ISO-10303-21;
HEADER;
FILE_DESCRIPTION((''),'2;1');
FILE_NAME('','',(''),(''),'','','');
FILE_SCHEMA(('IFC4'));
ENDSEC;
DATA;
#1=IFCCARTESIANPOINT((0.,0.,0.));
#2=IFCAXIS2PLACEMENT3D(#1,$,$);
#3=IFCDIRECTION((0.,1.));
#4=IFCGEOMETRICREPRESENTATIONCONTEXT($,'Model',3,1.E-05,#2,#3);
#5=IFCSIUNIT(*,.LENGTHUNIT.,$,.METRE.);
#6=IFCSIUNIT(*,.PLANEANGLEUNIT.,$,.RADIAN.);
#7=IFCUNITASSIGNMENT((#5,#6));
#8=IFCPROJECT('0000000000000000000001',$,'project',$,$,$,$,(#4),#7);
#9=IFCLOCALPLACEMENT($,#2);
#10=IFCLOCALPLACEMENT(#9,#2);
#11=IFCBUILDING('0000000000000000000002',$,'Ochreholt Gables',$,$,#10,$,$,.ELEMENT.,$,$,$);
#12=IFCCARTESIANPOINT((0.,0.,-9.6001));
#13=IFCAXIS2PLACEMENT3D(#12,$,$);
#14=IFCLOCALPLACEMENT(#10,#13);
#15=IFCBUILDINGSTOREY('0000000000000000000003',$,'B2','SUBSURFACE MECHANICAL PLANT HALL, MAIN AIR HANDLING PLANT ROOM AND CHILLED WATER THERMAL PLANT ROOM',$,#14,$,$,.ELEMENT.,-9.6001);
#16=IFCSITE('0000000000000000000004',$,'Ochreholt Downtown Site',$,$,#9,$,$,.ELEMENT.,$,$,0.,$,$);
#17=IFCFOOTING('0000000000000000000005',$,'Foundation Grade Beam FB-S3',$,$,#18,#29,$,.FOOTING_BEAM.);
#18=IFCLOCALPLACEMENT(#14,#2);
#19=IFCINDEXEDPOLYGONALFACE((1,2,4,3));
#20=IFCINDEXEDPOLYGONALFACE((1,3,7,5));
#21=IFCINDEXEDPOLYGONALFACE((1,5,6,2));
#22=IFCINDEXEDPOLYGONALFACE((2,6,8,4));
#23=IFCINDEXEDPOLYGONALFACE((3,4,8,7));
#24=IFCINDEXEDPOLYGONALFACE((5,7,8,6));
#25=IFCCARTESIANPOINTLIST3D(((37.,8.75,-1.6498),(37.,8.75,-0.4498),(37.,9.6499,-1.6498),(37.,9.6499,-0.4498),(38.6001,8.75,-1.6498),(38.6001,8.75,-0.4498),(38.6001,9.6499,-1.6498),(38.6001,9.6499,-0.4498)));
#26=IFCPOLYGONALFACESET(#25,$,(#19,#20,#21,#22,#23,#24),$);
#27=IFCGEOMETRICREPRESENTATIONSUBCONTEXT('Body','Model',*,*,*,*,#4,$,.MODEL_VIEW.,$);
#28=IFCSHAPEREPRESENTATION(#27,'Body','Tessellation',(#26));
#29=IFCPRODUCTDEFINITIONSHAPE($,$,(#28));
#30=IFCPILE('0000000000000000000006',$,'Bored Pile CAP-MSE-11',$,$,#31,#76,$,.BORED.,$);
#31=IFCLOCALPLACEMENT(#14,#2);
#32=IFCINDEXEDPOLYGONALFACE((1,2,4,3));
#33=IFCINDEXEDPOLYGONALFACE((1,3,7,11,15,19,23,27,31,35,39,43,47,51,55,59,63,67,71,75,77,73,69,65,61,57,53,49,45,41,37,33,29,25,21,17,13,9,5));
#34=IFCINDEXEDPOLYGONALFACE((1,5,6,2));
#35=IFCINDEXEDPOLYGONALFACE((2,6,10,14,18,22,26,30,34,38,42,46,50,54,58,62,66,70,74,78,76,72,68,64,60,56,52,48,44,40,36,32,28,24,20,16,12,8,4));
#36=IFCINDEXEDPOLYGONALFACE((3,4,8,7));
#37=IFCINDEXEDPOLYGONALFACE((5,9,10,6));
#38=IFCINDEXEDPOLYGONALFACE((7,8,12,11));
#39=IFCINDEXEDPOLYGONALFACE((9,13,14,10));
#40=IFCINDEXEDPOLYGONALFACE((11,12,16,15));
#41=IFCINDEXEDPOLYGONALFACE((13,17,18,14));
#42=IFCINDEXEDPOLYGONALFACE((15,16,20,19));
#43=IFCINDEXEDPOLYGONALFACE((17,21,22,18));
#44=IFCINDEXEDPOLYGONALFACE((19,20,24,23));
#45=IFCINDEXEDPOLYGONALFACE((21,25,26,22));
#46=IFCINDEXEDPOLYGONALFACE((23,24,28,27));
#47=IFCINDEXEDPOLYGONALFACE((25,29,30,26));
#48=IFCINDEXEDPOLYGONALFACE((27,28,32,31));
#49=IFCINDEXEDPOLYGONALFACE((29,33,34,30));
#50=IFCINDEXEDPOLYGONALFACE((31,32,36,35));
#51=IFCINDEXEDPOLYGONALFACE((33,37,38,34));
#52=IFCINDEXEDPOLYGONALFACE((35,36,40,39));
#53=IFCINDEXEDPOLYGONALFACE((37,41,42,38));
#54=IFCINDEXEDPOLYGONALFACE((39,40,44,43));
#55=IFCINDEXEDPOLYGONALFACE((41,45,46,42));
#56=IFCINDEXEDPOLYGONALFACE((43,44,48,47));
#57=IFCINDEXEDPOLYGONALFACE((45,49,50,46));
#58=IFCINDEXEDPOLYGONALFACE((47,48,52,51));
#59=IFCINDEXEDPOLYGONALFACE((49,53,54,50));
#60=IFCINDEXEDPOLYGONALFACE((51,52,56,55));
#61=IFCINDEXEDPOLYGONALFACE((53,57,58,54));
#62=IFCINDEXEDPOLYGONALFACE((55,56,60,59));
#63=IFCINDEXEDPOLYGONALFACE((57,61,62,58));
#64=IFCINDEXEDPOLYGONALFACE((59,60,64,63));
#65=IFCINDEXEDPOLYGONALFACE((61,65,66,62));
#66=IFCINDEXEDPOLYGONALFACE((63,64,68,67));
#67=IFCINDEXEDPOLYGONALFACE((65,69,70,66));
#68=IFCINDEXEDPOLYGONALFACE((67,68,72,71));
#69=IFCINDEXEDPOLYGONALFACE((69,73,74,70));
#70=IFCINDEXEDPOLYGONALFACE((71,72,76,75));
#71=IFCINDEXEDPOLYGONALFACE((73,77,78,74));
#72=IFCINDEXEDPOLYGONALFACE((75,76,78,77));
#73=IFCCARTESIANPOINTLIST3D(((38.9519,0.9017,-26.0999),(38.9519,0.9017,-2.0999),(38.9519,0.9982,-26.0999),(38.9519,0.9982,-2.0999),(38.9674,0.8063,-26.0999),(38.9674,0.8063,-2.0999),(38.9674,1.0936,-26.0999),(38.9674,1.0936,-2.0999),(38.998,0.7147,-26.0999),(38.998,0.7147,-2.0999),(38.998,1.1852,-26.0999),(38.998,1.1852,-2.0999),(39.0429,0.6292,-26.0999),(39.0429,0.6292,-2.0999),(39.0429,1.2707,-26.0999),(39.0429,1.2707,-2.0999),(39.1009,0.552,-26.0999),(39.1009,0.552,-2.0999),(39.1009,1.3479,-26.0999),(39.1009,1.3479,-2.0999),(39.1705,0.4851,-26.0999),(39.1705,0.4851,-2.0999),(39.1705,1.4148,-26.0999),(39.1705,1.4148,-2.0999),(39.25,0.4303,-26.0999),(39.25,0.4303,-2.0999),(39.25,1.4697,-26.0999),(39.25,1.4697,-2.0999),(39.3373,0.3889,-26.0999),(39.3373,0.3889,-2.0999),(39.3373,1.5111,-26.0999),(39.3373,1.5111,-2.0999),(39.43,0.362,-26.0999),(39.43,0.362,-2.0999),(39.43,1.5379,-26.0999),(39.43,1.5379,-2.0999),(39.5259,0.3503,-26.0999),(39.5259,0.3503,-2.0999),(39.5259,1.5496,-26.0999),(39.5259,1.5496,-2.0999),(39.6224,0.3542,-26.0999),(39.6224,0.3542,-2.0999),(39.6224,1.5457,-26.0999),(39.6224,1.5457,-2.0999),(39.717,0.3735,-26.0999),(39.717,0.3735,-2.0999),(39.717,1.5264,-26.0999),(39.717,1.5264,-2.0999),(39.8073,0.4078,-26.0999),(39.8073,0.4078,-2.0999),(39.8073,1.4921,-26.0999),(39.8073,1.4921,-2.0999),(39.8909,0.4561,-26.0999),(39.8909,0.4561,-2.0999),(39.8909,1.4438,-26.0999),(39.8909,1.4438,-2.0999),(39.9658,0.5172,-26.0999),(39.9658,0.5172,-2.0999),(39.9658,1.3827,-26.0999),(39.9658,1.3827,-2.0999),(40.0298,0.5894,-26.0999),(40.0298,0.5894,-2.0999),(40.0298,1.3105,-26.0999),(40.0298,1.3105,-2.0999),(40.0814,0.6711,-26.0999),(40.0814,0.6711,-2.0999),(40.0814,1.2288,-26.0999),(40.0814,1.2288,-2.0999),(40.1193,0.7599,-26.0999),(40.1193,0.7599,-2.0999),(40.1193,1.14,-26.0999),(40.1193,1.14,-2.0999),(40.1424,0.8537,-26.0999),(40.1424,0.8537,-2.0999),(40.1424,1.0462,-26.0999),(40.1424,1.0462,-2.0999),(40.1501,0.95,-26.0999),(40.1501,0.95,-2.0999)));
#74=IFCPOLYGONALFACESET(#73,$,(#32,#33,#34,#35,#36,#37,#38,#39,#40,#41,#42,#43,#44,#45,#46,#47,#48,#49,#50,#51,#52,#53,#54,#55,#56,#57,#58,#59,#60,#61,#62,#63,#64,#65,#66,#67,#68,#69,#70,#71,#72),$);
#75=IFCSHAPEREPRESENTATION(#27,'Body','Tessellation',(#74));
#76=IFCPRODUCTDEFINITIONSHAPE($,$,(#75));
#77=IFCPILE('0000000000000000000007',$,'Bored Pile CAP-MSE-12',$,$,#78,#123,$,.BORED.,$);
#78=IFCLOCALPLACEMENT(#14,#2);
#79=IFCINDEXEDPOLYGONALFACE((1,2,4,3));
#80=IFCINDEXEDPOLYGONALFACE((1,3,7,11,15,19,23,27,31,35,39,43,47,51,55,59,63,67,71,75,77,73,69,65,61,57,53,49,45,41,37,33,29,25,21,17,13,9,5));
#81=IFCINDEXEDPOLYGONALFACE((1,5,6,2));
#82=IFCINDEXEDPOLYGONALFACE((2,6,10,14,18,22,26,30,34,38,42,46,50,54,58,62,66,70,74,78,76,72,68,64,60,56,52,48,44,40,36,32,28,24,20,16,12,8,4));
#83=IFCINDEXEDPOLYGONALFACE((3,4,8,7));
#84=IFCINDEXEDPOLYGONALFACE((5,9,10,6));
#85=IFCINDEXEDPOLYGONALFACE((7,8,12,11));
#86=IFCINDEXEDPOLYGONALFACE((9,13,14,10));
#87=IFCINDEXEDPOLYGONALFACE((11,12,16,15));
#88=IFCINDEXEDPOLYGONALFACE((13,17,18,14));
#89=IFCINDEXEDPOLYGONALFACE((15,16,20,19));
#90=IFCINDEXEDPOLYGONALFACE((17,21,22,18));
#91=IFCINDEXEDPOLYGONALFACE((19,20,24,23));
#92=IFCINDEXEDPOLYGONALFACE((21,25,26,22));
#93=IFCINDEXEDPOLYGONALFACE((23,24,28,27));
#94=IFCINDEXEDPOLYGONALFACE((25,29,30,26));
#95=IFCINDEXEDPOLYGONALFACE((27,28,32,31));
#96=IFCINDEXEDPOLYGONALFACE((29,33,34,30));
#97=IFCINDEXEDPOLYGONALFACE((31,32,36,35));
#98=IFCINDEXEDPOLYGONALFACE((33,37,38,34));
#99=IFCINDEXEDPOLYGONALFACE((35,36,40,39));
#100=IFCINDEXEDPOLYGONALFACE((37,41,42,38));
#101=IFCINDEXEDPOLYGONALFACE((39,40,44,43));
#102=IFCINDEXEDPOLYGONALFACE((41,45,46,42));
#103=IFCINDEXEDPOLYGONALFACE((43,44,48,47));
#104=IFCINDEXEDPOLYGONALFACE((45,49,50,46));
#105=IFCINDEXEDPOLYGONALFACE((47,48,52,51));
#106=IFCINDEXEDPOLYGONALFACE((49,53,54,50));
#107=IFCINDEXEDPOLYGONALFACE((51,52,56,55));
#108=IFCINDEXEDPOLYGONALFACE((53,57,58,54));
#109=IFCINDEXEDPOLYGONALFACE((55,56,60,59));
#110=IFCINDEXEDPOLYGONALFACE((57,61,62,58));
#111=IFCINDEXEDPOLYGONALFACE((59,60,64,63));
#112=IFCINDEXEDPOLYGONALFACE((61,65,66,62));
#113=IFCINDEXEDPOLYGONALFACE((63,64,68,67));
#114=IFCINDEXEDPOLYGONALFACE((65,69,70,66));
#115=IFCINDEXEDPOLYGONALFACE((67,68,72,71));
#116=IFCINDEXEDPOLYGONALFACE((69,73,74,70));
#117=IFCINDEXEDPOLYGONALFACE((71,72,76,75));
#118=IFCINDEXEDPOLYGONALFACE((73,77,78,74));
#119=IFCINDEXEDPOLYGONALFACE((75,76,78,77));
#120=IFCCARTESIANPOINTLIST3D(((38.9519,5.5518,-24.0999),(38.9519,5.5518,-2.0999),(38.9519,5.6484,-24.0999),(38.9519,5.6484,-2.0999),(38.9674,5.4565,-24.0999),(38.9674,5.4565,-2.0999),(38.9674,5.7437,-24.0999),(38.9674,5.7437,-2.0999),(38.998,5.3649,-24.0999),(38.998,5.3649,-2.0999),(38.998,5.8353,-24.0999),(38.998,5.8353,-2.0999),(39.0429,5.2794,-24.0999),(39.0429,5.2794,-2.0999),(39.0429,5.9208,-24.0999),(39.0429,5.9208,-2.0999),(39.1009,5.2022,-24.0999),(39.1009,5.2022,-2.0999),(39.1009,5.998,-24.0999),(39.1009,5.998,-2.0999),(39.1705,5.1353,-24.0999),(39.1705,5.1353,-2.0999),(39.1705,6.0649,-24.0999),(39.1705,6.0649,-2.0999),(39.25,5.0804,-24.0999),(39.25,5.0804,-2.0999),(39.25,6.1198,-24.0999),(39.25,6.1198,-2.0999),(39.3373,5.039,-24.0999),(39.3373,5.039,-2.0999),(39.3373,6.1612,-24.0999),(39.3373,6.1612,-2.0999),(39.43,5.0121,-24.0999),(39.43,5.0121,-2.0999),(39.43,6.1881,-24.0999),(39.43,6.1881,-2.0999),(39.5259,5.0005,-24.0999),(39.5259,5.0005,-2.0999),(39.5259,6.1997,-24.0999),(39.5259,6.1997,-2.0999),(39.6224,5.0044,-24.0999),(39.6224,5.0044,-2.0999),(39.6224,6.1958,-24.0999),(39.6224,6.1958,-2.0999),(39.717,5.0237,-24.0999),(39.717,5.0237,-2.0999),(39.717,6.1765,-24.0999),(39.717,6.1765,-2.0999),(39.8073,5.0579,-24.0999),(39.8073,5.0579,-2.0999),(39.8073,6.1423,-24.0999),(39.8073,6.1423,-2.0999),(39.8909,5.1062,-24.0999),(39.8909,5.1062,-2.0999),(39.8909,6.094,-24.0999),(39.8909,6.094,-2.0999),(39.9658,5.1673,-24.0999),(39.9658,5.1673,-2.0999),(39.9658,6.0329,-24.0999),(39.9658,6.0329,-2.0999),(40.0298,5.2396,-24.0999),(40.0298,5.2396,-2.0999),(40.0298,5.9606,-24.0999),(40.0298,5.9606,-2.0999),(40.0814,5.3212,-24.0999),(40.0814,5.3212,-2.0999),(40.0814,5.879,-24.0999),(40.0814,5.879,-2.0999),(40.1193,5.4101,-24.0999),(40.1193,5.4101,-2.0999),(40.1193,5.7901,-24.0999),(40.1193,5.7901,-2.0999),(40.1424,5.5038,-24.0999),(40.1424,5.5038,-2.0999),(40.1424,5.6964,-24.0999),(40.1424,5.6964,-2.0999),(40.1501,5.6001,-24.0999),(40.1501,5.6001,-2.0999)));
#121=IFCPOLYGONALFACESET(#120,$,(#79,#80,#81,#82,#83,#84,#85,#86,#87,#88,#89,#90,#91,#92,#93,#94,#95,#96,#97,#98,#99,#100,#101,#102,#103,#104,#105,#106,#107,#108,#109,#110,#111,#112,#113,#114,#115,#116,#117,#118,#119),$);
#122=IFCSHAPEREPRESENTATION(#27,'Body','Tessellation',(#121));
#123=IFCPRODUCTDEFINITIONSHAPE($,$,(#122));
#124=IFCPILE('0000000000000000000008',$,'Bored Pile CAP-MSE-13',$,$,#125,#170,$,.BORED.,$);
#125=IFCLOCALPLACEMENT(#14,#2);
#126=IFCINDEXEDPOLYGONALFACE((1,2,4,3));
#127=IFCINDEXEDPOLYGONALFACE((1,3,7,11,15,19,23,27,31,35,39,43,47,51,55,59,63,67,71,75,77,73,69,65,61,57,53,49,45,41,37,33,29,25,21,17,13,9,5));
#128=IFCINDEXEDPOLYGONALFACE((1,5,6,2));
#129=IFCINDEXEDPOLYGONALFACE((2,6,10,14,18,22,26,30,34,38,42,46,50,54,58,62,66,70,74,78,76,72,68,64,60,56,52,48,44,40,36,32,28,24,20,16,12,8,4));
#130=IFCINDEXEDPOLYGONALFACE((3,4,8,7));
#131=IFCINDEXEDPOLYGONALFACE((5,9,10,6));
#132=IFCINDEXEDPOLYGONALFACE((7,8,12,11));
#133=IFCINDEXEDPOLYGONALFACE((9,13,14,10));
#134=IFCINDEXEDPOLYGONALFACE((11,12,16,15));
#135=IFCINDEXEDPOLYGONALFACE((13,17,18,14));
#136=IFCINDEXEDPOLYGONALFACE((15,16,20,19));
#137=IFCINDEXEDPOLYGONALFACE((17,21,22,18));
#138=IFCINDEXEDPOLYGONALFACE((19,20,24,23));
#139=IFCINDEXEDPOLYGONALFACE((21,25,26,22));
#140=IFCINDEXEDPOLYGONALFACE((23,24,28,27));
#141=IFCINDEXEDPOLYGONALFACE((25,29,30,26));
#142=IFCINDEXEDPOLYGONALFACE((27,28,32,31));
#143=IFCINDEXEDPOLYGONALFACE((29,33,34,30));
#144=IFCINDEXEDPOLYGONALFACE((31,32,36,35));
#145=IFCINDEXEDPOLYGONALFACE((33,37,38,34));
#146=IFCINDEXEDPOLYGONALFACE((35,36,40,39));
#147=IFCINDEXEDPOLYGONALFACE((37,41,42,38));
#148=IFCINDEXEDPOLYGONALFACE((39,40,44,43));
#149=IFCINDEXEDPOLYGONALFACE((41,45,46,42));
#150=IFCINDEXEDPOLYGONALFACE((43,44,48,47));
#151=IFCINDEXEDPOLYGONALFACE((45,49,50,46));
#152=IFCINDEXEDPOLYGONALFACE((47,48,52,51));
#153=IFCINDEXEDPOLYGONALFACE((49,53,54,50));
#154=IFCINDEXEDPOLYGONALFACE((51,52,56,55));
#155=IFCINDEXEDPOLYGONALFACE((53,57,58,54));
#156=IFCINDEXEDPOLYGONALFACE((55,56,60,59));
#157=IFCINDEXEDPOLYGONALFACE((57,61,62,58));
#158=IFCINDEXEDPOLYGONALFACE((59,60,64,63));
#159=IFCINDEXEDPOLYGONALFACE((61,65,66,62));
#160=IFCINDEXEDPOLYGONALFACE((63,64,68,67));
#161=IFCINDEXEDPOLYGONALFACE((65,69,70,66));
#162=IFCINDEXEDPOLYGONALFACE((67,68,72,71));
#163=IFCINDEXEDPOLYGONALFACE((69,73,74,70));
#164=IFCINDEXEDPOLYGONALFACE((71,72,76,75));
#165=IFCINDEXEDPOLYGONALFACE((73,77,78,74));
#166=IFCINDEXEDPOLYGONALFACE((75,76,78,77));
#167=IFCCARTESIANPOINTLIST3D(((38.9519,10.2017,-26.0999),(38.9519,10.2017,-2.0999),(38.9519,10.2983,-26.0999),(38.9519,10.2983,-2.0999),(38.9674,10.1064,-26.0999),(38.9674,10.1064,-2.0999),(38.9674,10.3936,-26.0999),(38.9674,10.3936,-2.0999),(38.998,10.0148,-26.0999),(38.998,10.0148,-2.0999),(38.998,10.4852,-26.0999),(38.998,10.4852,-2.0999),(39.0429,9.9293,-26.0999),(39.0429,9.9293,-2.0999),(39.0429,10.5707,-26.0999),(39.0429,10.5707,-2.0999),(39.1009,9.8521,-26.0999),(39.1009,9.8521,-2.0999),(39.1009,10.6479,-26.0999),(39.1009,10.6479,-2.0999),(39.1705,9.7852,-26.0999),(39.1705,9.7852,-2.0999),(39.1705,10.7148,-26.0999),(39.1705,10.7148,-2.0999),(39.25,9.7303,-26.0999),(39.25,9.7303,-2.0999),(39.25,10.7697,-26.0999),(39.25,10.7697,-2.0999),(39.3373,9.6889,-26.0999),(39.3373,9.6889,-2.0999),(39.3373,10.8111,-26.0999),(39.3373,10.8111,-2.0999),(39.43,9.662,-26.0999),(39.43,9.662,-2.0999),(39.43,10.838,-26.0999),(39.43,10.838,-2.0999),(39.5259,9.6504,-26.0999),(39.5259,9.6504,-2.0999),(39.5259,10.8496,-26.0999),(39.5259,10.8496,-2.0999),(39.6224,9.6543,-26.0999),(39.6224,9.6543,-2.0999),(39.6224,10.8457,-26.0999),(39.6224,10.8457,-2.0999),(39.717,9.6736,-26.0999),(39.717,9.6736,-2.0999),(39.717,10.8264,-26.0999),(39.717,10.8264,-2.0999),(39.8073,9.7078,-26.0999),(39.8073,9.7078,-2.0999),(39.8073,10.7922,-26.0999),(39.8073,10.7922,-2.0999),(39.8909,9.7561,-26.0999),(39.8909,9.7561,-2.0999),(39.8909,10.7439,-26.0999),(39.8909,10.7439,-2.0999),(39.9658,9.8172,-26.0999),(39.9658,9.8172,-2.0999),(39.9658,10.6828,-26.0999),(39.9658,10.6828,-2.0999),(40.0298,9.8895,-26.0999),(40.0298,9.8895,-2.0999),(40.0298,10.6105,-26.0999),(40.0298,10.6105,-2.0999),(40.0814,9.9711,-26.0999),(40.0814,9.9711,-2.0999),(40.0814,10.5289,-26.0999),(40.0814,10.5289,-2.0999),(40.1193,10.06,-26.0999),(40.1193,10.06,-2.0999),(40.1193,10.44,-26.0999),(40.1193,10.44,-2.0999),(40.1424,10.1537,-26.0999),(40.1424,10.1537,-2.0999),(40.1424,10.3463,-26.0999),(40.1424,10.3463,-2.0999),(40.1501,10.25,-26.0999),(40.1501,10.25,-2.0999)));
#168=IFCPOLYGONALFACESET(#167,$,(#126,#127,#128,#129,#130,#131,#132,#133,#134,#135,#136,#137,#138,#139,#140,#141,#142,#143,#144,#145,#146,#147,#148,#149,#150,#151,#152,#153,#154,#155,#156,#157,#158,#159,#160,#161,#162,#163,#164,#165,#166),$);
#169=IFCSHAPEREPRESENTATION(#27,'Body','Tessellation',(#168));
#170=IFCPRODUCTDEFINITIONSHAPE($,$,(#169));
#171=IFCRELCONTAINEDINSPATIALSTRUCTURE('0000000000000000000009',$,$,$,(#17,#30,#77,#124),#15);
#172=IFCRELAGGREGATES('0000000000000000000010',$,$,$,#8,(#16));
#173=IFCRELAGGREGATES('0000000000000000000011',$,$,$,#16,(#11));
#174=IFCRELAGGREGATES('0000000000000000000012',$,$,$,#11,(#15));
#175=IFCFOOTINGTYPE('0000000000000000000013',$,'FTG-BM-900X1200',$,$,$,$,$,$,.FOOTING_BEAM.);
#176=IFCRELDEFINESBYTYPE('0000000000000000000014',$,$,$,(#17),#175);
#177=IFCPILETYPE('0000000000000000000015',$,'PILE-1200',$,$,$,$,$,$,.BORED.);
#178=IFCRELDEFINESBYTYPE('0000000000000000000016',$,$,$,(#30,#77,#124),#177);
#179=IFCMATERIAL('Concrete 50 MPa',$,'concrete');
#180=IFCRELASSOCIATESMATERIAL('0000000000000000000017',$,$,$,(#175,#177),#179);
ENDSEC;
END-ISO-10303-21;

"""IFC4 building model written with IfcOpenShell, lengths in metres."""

from ifc_helpers import new_model, si_unit, direction, frame, origin, origin_2d, place, context, subcontext, project, spatial, rectangle, circle, extrude, material, material_profile, profile_set, type_object, element, save


model = new_model("IFC4")

# Units and contexts
model_context = context("Model", 3, precision=1e-05, world=origin(), true_north=direction((0.0, 1.0)))
body_context = subcontext(model_context, "Body", "Model", "MODEL_VIEW")
ifc_project = project(units=[si_unit("LENGTHUNIT", "METRE"), si_unit("PLANEANGLEUNIT", "RADIAN")], contexts=[model_context])

# Site, building, storey
site_placement = place(None, origin())
site = spatial("IfcSite", under=ifc_project, at=site_placement, Name="Ochreholt Downtown Site", CompositionType="ELEMENT", RefElevation=0.0)
building_placement = place(site_placement, origin())
building = spatial("IfcBuilding", under=site, at=building_placement, Name="Ochreholt Gables", CompositionType="ELEMENT")
storey_placement = place(building_placement, frame((0.0, 0.0, -9.6001)))
storey = spatial("IfcBuildingStorey", under=building, at=storey_placement, Name="B2", Description="SUBSURFACE MECHANICAL PLANT HALL, MAIN AIR HANDLING PLANT ROOM AND CHILLED WATER THERMAL PLANT ROOM", CompositionType="ELEMENT", Elevation=-9.6001)

# Footing
ifc_material_1 = material(Name="Concrete 50 MPa", Category="concrete")
ifc_material_profile_1 = material_profile(ifc_material_1, rectangle(XDim=0.8999, YDim=1.2, at=origin_2d()), Name="FB900X1200")
ifc_profile_set_1 = profile_set([ifc_material_profile_1], Name="Concrete 50 MPa")
footing_type = type_object("IfcFootingType", Name="FTG-BM-900X1200", PredefinedType="FOOTING_BEAM", material=ifc_profile_set_1)
footing_placement = place(storey_placement, frame((37.0, 9.2, -1.0498), z_axis=(1.0, 0.0, 0.0), x_axis=(0.0, 1.0, 0.0)))
element("IfcFooting", 1, at=footing_placement, inside=storey, type_object=footing_type, Name="Foundation Grade Beam FB-S3", PredefinedType="FOOTING_BEAM", context=body_context, shape_type="SweptSolid", body=[
    extrude(rectangle(XDim=0.8999, YDim=1.2, at=origin_2d()), origin(), (0.0, 0.0, 1.0), 1.6001),
])

# Piles
ifc_material_profile_2 = material_profile(ifc_material_1, circle(Radius=0.6001, at=origin_2d()), Name="PILE1200")
ifc_profile_set_2 = profile_set([ifc_material_profile_2], Name="Concrete 50 MPa")
pile_type_1 = type_object("IfcPileType", Name="PILE-1200", PredefinedType="BORED", material=ifc_profile_set_2)
pile_1_placement = place(storey_placement, frame((39.55, 0.95, -2.0999), z_axis=(0.0, 0.0, -1.0), x_axis=(1.0, 0.0, 0.0)))
element("IfcPile", 2, at=pile_1_placement, inside=storey, type_object=pile_type_1, Name="Bored Pile CAP-MSE-11", PredefinedType="BORED", context=body_context, shape_type="SweptSolid", body=[
    extrude(circle(Radius=0.6001, at=origin_2d()), origin(), (0.0, 0.0, 1.0), 24.0),
])
pile_2_placement = place(storey_placement, frame((39.55, 5.6001, -2.0999), z_axis=(0.0, 0.0, -1.0), x_axis=(1.0, 0.0, 0.0)))
element("IfcPile", 3, at=pile_2_placement, inside=storey, type_object=pile_type_1, Name="Bored Pile CAP-MSE-12", PredefinedType="BORED", context=body_context, shape_type="SweptSolid", body=[
    extrude(circle(Radius=0.6001, at=origin_2d()), origin(), (0.0, 0.0, 1.0), 22.0),
])
pile_3_placement = place(storey_placement, frame((39.55, 10.25, -2.0999), z_axis=(0.0, 0.0, -1.0), x_axis=(1.0, 0.0, 0.0)))
element("IfcPile", 4, at=pile_3_placement, inside=storey, type_object=pile_type_1, Name="Bored Pile CAP-MSE-13", PredefinedType="BORED", context=body_context, shape_type="SweptSolid", body=[
    extrude(circle(Radius=0.6001, at=origin_2d()), origin(), (0.0, 0.0, 1.0), 24.0),
])

save(model, "model.ifc")
